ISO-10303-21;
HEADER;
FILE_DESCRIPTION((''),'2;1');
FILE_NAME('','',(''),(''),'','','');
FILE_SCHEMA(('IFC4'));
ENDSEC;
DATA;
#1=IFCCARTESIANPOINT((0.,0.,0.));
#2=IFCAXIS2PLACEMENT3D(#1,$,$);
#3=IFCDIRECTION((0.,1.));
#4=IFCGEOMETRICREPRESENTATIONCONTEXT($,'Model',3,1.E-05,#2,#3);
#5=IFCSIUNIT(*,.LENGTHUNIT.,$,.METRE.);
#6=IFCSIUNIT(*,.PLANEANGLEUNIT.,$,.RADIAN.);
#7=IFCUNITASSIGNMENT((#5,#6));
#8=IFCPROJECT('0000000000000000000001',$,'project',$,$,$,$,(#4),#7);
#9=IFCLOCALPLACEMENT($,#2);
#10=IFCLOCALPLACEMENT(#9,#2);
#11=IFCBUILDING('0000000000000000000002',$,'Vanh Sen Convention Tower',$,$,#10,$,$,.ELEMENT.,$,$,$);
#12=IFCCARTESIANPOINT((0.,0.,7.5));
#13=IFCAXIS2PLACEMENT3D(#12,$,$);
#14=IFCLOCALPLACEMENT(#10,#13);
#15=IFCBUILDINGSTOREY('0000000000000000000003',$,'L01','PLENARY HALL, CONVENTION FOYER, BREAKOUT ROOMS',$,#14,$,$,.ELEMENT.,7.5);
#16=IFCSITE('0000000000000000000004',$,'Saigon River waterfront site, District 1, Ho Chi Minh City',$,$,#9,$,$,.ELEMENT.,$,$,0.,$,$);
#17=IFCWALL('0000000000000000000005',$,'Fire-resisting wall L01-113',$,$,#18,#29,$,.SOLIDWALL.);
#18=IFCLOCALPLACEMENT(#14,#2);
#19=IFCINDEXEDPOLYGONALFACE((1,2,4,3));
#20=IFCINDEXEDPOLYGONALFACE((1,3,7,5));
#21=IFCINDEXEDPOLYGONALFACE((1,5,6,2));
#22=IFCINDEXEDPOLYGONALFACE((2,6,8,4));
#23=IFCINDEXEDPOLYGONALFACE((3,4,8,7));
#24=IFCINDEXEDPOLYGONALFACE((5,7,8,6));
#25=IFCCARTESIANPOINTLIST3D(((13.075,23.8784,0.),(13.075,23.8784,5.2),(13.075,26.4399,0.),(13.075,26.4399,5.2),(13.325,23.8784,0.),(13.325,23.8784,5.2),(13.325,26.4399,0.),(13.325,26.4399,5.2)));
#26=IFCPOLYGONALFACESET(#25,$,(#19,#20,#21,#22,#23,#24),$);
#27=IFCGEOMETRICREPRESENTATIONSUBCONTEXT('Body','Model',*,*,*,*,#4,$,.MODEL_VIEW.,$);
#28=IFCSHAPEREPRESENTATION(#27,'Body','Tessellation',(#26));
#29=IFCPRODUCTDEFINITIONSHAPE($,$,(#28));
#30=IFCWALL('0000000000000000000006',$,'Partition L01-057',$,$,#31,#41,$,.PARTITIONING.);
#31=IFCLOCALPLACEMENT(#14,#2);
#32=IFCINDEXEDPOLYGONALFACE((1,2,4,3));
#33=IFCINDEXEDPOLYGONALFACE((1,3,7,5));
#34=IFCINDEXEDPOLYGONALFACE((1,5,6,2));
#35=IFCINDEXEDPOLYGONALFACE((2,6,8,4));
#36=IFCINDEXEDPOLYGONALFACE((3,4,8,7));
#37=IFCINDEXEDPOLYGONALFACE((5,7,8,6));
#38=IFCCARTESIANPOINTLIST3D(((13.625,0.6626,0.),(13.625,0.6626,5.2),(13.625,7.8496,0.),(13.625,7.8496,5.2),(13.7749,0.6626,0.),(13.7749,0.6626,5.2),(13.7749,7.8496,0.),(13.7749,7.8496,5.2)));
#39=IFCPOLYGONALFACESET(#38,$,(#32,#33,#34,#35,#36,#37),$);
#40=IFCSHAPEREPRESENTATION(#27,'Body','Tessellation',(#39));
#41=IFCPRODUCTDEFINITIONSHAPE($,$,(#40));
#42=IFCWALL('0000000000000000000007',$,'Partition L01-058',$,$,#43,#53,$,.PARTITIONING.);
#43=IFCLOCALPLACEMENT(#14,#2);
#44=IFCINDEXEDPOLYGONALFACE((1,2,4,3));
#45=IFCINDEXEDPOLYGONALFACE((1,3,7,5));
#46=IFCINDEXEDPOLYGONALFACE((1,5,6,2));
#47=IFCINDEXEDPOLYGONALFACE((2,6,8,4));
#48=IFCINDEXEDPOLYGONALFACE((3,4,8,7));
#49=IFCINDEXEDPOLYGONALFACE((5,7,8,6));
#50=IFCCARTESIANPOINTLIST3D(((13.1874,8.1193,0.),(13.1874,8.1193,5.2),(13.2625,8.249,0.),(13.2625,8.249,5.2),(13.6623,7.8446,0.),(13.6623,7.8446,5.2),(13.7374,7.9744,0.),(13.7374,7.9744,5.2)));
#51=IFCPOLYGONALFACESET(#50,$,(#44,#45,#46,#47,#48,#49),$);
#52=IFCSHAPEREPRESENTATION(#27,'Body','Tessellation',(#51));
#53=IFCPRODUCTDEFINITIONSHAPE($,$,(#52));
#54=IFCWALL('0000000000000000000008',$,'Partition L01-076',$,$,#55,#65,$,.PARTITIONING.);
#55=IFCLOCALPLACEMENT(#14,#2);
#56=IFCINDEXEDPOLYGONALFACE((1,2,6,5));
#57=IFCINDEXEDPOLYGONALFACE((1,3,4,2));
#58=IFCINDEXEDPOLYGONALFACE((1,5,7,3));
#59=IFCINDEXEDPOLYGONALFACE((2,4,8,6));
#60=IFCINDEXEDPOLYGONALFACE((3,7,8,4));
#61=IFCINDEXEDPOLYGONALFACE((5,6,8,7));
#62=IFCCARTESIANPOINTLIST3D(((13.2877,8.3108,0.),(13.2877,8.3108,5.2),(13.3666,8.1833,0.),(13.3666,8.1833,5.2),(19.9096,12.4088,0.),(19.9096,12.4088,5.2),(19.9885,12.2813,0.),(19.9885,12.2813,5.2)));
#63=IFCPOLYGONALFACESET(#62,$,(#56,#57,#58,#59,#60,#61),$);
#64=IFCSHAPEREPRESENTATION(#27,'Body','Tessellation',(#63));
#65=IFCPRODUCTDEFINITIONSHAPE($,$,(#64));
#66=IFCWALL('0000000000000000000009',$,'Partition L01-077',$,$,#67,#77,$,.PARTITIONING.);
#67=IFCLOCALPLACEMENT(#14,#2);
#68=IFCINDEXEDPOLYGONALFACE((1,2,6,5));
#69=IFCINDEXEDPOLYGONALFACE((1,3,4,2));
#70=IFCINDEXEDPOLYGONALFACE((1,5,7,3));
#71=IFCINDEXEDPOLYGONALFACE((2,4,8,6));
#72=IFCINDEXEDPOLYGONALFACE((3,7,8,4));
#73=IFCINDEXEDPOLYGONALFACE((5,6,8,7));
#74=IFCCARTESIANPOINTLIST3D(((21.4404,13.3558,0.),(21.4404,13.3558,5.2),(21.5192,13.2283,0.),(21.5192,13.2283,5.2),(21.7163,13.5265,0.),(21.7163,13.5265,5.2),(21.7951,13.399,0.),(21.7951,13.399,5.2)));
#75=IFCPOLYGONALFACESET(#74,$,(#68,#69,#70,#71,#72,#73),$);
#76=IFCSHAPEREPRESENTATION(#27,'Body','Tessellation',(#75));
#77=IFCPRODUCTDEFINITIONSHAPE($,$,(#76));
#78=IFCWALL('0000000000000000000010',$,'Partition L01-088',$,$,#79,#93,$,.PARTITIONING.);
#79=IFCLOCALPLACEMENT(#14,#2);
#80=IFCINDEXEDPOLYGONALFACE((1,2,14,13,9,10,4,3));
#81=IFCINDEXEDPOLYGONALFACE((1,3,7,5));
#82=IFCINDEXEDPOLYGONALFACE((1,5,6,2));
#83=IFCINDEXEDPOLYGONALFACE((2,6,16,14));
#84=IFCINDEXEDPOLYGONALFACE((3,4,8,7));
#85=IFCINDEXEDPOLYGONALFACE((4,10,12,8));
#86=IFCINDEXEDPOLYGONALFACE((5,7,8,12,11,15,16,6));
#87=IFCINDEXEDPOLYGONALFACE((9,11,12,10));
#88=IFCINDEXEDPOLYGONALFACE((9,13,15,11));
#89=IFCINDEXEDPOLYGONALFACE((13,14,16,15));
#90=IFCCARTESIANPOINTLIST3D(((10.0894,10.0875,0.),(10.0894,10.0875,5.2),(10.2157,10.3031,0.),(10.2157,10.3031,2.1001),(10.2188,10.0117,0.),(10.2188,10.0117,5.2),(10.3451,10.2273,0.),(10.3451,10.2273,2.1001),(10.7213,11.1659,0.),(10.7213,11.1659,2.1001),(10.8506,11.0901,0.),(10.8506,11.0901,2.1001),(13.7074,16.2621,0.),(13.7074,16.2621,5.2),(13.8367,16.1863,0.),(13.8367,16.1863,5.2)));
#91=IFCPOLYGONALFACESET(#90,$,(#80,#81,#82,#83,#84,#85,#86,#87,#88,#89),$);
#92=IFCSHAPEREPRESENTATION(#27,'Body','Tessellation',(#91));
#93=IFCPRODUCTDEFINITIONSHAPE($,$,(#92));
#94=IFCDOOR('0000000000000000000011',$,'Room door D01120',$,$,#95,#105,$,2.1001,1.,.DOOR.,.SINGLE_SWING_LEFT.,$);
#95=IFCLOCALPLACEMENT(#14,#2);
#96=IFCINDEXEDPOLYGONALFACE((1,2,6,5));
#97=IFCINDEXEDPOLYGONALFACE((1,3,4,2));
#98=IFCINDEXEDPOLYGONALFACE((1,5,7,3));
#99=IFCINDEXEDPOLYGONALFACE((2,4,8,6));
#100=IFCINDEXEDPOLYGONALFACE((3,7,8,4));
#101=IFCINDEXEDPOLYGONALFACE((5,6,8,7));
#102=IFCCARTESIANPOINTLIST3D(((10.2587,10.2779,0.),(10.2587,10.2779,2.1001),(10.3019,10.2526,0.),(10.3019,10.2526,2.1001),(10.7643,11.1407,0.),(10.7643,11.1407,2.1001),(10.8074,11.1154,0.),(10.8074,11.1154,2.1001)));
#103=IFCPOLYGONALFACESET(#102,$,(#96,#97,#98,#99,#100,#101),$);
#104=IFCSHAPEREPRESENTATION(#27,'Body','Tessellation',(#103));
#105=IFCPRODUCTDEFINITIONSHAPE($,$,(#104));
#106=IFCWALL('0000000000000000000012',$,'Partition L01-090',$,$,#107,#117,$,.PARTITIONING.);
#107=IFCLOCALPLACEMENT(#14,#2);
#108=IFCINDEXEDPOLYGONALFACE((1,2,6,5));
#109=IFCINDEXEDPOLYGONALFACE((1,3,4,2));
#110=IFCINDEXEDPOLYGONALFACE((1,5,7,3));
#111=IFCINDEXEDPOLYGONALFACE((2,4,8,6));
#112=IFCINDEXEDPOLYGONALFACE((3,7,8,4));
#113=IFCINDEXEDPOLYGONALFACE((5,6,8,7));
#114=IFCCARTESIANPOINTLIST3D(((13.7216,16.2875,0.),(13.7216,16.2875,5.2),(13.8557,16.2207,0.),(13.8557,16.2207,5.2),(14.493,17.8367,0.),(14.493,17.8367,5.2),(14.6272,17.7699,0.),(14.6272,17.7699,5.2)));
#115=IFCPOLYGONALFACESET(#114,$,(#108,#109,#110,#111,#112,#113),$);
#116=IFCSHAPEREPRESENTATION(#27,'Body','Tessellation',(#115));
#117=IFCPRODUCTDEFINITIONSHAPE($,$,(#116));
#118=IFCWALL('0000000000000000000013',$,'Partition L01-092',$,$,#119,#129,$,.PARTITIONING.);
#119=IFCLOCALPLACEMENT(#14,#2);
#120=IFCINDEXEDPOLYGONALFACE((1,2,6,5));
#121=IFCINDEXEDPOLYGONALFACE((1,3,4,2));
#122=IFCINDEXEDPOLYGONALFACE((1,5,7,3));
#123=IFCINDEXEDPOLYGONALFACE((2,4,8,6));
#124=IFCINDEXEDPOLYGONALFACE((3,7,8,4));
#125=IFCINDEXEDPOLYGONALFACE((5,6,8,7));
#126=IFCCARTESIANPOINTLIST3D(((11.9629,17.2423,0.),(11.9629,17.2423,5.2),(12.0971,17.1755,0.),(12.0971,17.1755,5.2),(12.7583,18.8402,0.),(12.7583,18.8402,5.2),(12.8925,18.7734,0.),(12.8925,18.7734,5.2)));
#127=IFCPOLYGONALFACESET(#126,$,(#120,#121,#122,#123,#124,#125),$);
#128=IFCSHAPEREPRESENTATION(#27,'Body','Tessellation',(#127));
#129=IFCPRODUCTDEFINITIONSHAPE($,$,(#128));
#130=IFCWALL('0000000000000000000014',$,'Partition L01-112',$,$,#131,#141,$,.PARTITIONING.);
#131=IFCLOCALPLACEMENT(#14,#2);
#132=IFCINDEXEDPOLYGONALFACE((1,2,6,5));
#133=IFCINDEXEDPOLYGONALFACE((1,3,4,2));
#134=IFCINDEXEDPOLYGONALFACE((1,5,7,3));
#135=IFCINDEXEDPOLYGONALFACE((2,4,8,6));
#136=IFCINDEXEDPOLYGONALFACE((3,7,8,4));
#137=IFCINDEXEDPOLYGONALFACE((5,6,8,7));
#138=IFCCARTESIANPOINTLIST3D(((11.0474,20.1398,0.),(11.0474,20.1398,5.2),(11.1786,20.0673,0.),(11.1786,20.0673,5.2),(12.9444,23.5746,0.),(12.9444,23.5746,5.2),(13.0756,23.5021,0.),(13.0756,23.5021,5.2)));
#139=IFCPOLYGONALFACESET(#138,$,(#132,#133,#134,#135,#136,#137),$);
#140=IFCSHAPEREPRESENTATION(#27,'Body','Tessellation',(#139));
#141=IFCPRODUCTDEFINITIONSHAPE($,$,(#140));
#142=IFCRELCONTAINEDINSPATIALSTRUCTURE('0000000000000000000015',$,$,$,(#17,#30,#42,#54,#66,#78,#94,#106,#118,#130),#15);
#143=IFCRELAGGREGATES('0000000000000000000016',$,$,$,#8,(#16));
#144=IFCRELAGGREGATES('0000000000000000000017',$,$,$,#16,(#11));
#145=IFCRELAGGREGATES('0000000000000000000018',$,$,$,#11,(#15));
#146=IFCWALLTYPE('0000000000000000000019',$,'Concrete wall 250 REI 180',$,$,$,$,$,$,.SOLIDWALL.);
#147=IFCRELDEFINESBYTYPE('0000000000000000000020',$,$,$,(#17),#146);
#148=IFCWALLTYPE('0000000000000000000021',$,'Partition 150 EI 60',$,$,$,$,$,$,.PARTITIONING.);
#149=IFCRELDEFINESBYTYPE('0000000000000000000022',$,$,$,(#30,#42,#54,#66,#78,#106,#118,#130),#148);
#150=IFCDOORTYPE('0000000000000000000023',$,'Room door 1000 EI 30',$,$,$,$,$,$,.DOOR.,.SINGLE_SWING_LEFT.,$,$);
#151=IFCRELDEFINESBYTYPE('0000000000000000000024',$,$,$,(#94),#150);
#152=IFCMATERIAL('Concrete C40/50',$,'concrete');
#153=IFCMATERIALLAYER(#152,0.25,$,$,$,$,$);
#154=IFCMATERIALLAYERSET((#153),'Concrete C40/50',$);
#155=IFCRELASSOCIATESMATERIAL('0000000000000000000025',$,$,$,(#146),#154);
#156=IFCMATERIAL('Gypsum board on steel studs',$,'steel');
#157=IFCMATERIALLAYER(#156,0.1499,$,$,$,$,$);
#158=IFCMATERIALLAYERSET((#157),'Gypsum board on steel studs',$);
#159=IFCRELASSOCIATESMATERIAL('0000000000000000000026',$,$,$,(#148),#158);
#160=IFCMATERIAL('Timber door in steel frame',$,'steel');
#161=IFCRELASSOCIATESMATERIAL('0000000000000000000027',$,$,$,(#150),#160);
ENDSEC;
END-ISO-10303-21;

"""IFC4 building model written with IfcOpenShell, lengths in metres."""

from ifc_helpers import new_model, si_unit, direction, frame, frame_2d, origin, place, context, subcontext, project, spatial, rectangle, extrude, material, layer, layer_set, type_object, element, fill, save


model = new_model("IFC4")

# Units and contexts
model_context = context("Model", 3, precision=1e-05, world=origin(), true_north=direction((0.0, 1.0)))
body_context = subcontext(model_context, "Body", "Model", "MODEL_VIEW")
ifc_project = project(units=[si_unit("LENGTHUNIT", "METRE"), si_unit("PLANEANGLEUNIT", "RADIAN")], contexts=[model_context])

# Site, building, storey
site_placement = place(None, origin())
site = spatial("IfcSite", under=ifc_project, at=site_placement, Name="Saigon River waterfront site, District 1, Ho Chi Minh City", CompositionType="ELEMENT", RefElevation=0.0)
building_placement = place(site_placement, origin())
building = spatial("IfcBuilding", under=site, at=building_placement, Name="Vanh Sen Convention Tower", CompositionType="ELEMENT")
storey_placement = place(building_placement, frame((0.0, 0.0, 7.5)))
storey = spatial("IfcBuildingStorey", under=building, at=storey_placement, Name="L01", Description="PLENARY HALL, CONVENTION FOYER, BREAKOUT ROOMS", CompositionType="ELEMENT", Elevation=7.5)

# Shared definitions
ifc_material_1 = material(Name="Concrete C40/50", Category="concrete")

# Shared definitions
ifc_layer_1 = layer(ifc_material_1, 0.25)
ifc_layer_set_1 = layer_set([ifc_layer_1], Name="Concrete C40/50")
wall_type_1 = type_object("IfcWallType", Name="Concrete wall 250 REI 180", PredefinedType="SOLIDWALL", material=ifc_layer_set_1)

# Walls
wall_1_placement = place(storey_placement, frame((13.2, 23.8784, 0.0), z_axis=(0.0, 0.0, 1.0), x_axis=(0.0, 1.0, 0.0)))
element("IfcWall", 1, at=wall_1_placement, inside=storey, type_object=wall_type_1, Name="Fire-resisting wall L01-113", PredefinedType="SOLIDWALL", context=body_context, shape_type="SweptSolid", body=[
    extrude(rectangle(XDim=2.5615, YDim=0.25, at=frame_2d((1.2808, 0.0))), origin(), (0.0, 0.0, 1.0), 5.2),
])
ifc_material_2 = material(Name="Gypsum board on steel studs", Category="steel")
ifc_layer_2 = layer(ifc_material_2, 0.1499)
ifc_layer_set_2 = layer_set([ifc_layer_2], Name="Gypsum board on steel studs")
wall_type_2 = type_object("IfcWallType", Name="Partition 150 EI 60", PredefinedType="PARTITIONING", material=ifc_layer_set_2)
wall_2_placement = place(storey_placement, frame((13.7, 7.8496, 0.0), z_axis=(0.0, 0.0, 1.0), x_axis=(0.0, -1.0, 0.0)))
element("IfcWall", 2, at=wall_2_placement, inside=storey, type_object=wall_type_2, Name="Partition L01-057", PredefinedType="PARTITIONING", context=body_context, shape_type="SweptSolid", body=[
    extrude(rectangle(XDim=7.187, YDim=0.1499, at=frame_2d((3.5935, 0.0))), origin(), (0.0, 0.0, 1.0), 5.2),
])
wall_3_placement = place(storey_placement, frame((13.7, 7.9094, 0.0), z_axis=(0.0, 0.0, 1.0), x_axis=(-0.865629, 0.500685, 0.0)))
element("IfcWall", 3, at=wall_3_placement, inside=storey, type_object=wall_type_2, Name="Partition L01-058", PredefinedType="PARTITIONING", context=body_context, shape_type="SweptSolid", body=[
    extrude(rectangle(XDim=0.5486, YDim=0.1499, at=frame_2d((0.2744, 0.0))), origin(), (0.0, 0.0, 1.0), 5.2),
])
wall_4_placement = place(storey_placement, frame((19.949, 12.345, 0.0), z_axis=(0.0, 0.0, 1.0), x_axis=(-0.850341, -0.526232, 0.0)))
element("IfcWall", 4, at=wall_4_placement, inside=storey, type_object=wall_type_2, Name="Partition L01-076", PredefinedType="PARTITIONING", context=body_context, shape_type="SweptSolid", body=[
    extrude(rectangle(XDim=7.7874, YDim=0.1499, at=frame_2d((3.8936, 0.0))), origin(), (0.0, 0.0, 1.0), 5.2),
])
wall_5_placement = place(storey_placement, frame((21.7556, 13.4626, 0.0), z_axis=(0.0, 0.0, 1.0), x_axis=(-0.850442, -0.52607, 0.0)))
element("IfcWall", 5, at=wall_5_placement, inside=storey, type_object=wall_type_2, Name="Partition L01-077", PredefinedType="PARTITIONING", context=body_context, shape_type="SweptSolid", body=[
    extrude(rectangle(XDim=0.3245, YDim=0.1499, at=frame_2d((0.1621, 0.0))), origin(), (0.0, 0.0, 1.0), 5.2),
])

# Wall, opening, door
wall_6_placement = place(storey_placement, frame((13.772, 16.2241, 0.0), z_axis=(0.0, 0.0, 1.0), x_axis=(-0.505548, -0.862799, 0.0)))
wall_6 = element("IfcWall", 6, at=wall_6_placement, inside=storey, type_object=wall_type_2, Name="Partition L01-088", PredefinedType="PARTITIONING", context=body_context, shape_type="SweptSolid", body=[
    extrude(rectangle(XDim=7.1565, YDim=0.1499, at=frame_2d((3.5781, 0.0))), origin(), (0.0, 0.0, 1.0), 5.2),
])
opening_1_placement = place(wall_6_placement, frame((5.9065, 0.0, 0.0)))
opening_1 = element("IfcOpeningElement", 7, at=opening_1_placement, cuts=wall_6, PredefinedType="OPENING", context=body_context, shape_type="SweptSolid", body=[
    extrude(rectangle(XDim=1.0, YDim=2.1001, at=frame_2d((0.5, 1.05))), frame((0.0, 0.085, 0.0), z_axis=(0.0, -1.0, 0.0), x_axis=(1.0, 0.0, 0.0)), (0.0, 0.0, 1.0), 0.1699),
])
ifc_material_3 = material(Name="Timber door in steel frame", Category="steel")
door_type_1 = type_object("IfcDoorType", Name="Room door 1000 EI 30", OperationType="SINGLE_SWING_LEFT", PredefinedType="DOOR", material=ifc_material_3)
door_1_placement = place(opening_1_placement, origin())
door_1 = element("IfcDoor", 8, at=door_1_placement, inside=storey, type_object=door_type_1, Name="Room door D01120", OperationType="SINGLE_SWING_LEFT", OverallHeight=2.1001, OverallWidth=1.0, PredefinedType="DOOR", context=body_context, shape_type="SweptSolid", body=[
    extrude(rectangle(XDim=1.0, YDim=2.1001, at=frame_2d((0.5, 1.05))), frame((0.0, 0.0249, 0.0), z_axis=(0.0, -1.0, 0.0), x_axis=(1.0, 0.0, 0.0)), (0.0, 0.0, 1.0), 0.05),
])
fill(opening_1, door_1)

# Walls
wall_7_placement = place(storey_placement, frame((14.5601, 17.8032, 0.0), z_axis=(0.0, 0.0, 1.0), x_axis=(-0.445746, -0.895159, 0.0)))
element("IfcWall", 9, at=wall_7_placement, inside=storey, type_object=wall_type_2, Name="Partition L01-090", PredefinedType="PARTITIONING", context=body_context, shape_type="SweptSolid", body=[
    extrude(rectangle(XDim=1.7307, YDim=0.1499, at=frame_2d((0.8652, 0.0))), origin(), (0.0, 0.0, 1.0), 5.2),
])
wall_8_placement = place(storey_placement, frame((12.8254, 18.8069, 0.0), z_axis=(0.0, 0.0, 1.0), x_axis=(-0.445626, -0.895219, 0.0)))
element("IfcWall", 10, at=wall_8_placement, inside=storey, type_object=wall_type_2, Name="Partition L01-092", PredefinedType="PARTITIONING", context=body_context, shape_type="SweptSolid", body=[
    extrude(rectangle(XDim=1.7849, YDim=0.1499, at=frame_2d((0.8926, 0.0))), origin(), (0.0, 0.0, 1.0), 5.2),
])
wall_9_placement = place(storey_placement, frame((13.01, 23.5383, 0.0), z_axis=(0.0, 0.0, 1.0), x_axis=(-0.483449, -0.875373, 0.0)))
element("IfcWall", 11, at=wall_9_placement, inside=storey, type_object=wall_type_2, Name="Partition L01-112", PredefinedType="PARTITIONING", context=body_context, shape_type="SweptSolid", body=[
    extrude(rectangle(XDim=3.9238, YDim=0.1499, at=frame_2d((1.9619, 0.0))), origin(), (0.0, 0.0, 1.0), 5.2),
])

save(model, "model.ifc")
